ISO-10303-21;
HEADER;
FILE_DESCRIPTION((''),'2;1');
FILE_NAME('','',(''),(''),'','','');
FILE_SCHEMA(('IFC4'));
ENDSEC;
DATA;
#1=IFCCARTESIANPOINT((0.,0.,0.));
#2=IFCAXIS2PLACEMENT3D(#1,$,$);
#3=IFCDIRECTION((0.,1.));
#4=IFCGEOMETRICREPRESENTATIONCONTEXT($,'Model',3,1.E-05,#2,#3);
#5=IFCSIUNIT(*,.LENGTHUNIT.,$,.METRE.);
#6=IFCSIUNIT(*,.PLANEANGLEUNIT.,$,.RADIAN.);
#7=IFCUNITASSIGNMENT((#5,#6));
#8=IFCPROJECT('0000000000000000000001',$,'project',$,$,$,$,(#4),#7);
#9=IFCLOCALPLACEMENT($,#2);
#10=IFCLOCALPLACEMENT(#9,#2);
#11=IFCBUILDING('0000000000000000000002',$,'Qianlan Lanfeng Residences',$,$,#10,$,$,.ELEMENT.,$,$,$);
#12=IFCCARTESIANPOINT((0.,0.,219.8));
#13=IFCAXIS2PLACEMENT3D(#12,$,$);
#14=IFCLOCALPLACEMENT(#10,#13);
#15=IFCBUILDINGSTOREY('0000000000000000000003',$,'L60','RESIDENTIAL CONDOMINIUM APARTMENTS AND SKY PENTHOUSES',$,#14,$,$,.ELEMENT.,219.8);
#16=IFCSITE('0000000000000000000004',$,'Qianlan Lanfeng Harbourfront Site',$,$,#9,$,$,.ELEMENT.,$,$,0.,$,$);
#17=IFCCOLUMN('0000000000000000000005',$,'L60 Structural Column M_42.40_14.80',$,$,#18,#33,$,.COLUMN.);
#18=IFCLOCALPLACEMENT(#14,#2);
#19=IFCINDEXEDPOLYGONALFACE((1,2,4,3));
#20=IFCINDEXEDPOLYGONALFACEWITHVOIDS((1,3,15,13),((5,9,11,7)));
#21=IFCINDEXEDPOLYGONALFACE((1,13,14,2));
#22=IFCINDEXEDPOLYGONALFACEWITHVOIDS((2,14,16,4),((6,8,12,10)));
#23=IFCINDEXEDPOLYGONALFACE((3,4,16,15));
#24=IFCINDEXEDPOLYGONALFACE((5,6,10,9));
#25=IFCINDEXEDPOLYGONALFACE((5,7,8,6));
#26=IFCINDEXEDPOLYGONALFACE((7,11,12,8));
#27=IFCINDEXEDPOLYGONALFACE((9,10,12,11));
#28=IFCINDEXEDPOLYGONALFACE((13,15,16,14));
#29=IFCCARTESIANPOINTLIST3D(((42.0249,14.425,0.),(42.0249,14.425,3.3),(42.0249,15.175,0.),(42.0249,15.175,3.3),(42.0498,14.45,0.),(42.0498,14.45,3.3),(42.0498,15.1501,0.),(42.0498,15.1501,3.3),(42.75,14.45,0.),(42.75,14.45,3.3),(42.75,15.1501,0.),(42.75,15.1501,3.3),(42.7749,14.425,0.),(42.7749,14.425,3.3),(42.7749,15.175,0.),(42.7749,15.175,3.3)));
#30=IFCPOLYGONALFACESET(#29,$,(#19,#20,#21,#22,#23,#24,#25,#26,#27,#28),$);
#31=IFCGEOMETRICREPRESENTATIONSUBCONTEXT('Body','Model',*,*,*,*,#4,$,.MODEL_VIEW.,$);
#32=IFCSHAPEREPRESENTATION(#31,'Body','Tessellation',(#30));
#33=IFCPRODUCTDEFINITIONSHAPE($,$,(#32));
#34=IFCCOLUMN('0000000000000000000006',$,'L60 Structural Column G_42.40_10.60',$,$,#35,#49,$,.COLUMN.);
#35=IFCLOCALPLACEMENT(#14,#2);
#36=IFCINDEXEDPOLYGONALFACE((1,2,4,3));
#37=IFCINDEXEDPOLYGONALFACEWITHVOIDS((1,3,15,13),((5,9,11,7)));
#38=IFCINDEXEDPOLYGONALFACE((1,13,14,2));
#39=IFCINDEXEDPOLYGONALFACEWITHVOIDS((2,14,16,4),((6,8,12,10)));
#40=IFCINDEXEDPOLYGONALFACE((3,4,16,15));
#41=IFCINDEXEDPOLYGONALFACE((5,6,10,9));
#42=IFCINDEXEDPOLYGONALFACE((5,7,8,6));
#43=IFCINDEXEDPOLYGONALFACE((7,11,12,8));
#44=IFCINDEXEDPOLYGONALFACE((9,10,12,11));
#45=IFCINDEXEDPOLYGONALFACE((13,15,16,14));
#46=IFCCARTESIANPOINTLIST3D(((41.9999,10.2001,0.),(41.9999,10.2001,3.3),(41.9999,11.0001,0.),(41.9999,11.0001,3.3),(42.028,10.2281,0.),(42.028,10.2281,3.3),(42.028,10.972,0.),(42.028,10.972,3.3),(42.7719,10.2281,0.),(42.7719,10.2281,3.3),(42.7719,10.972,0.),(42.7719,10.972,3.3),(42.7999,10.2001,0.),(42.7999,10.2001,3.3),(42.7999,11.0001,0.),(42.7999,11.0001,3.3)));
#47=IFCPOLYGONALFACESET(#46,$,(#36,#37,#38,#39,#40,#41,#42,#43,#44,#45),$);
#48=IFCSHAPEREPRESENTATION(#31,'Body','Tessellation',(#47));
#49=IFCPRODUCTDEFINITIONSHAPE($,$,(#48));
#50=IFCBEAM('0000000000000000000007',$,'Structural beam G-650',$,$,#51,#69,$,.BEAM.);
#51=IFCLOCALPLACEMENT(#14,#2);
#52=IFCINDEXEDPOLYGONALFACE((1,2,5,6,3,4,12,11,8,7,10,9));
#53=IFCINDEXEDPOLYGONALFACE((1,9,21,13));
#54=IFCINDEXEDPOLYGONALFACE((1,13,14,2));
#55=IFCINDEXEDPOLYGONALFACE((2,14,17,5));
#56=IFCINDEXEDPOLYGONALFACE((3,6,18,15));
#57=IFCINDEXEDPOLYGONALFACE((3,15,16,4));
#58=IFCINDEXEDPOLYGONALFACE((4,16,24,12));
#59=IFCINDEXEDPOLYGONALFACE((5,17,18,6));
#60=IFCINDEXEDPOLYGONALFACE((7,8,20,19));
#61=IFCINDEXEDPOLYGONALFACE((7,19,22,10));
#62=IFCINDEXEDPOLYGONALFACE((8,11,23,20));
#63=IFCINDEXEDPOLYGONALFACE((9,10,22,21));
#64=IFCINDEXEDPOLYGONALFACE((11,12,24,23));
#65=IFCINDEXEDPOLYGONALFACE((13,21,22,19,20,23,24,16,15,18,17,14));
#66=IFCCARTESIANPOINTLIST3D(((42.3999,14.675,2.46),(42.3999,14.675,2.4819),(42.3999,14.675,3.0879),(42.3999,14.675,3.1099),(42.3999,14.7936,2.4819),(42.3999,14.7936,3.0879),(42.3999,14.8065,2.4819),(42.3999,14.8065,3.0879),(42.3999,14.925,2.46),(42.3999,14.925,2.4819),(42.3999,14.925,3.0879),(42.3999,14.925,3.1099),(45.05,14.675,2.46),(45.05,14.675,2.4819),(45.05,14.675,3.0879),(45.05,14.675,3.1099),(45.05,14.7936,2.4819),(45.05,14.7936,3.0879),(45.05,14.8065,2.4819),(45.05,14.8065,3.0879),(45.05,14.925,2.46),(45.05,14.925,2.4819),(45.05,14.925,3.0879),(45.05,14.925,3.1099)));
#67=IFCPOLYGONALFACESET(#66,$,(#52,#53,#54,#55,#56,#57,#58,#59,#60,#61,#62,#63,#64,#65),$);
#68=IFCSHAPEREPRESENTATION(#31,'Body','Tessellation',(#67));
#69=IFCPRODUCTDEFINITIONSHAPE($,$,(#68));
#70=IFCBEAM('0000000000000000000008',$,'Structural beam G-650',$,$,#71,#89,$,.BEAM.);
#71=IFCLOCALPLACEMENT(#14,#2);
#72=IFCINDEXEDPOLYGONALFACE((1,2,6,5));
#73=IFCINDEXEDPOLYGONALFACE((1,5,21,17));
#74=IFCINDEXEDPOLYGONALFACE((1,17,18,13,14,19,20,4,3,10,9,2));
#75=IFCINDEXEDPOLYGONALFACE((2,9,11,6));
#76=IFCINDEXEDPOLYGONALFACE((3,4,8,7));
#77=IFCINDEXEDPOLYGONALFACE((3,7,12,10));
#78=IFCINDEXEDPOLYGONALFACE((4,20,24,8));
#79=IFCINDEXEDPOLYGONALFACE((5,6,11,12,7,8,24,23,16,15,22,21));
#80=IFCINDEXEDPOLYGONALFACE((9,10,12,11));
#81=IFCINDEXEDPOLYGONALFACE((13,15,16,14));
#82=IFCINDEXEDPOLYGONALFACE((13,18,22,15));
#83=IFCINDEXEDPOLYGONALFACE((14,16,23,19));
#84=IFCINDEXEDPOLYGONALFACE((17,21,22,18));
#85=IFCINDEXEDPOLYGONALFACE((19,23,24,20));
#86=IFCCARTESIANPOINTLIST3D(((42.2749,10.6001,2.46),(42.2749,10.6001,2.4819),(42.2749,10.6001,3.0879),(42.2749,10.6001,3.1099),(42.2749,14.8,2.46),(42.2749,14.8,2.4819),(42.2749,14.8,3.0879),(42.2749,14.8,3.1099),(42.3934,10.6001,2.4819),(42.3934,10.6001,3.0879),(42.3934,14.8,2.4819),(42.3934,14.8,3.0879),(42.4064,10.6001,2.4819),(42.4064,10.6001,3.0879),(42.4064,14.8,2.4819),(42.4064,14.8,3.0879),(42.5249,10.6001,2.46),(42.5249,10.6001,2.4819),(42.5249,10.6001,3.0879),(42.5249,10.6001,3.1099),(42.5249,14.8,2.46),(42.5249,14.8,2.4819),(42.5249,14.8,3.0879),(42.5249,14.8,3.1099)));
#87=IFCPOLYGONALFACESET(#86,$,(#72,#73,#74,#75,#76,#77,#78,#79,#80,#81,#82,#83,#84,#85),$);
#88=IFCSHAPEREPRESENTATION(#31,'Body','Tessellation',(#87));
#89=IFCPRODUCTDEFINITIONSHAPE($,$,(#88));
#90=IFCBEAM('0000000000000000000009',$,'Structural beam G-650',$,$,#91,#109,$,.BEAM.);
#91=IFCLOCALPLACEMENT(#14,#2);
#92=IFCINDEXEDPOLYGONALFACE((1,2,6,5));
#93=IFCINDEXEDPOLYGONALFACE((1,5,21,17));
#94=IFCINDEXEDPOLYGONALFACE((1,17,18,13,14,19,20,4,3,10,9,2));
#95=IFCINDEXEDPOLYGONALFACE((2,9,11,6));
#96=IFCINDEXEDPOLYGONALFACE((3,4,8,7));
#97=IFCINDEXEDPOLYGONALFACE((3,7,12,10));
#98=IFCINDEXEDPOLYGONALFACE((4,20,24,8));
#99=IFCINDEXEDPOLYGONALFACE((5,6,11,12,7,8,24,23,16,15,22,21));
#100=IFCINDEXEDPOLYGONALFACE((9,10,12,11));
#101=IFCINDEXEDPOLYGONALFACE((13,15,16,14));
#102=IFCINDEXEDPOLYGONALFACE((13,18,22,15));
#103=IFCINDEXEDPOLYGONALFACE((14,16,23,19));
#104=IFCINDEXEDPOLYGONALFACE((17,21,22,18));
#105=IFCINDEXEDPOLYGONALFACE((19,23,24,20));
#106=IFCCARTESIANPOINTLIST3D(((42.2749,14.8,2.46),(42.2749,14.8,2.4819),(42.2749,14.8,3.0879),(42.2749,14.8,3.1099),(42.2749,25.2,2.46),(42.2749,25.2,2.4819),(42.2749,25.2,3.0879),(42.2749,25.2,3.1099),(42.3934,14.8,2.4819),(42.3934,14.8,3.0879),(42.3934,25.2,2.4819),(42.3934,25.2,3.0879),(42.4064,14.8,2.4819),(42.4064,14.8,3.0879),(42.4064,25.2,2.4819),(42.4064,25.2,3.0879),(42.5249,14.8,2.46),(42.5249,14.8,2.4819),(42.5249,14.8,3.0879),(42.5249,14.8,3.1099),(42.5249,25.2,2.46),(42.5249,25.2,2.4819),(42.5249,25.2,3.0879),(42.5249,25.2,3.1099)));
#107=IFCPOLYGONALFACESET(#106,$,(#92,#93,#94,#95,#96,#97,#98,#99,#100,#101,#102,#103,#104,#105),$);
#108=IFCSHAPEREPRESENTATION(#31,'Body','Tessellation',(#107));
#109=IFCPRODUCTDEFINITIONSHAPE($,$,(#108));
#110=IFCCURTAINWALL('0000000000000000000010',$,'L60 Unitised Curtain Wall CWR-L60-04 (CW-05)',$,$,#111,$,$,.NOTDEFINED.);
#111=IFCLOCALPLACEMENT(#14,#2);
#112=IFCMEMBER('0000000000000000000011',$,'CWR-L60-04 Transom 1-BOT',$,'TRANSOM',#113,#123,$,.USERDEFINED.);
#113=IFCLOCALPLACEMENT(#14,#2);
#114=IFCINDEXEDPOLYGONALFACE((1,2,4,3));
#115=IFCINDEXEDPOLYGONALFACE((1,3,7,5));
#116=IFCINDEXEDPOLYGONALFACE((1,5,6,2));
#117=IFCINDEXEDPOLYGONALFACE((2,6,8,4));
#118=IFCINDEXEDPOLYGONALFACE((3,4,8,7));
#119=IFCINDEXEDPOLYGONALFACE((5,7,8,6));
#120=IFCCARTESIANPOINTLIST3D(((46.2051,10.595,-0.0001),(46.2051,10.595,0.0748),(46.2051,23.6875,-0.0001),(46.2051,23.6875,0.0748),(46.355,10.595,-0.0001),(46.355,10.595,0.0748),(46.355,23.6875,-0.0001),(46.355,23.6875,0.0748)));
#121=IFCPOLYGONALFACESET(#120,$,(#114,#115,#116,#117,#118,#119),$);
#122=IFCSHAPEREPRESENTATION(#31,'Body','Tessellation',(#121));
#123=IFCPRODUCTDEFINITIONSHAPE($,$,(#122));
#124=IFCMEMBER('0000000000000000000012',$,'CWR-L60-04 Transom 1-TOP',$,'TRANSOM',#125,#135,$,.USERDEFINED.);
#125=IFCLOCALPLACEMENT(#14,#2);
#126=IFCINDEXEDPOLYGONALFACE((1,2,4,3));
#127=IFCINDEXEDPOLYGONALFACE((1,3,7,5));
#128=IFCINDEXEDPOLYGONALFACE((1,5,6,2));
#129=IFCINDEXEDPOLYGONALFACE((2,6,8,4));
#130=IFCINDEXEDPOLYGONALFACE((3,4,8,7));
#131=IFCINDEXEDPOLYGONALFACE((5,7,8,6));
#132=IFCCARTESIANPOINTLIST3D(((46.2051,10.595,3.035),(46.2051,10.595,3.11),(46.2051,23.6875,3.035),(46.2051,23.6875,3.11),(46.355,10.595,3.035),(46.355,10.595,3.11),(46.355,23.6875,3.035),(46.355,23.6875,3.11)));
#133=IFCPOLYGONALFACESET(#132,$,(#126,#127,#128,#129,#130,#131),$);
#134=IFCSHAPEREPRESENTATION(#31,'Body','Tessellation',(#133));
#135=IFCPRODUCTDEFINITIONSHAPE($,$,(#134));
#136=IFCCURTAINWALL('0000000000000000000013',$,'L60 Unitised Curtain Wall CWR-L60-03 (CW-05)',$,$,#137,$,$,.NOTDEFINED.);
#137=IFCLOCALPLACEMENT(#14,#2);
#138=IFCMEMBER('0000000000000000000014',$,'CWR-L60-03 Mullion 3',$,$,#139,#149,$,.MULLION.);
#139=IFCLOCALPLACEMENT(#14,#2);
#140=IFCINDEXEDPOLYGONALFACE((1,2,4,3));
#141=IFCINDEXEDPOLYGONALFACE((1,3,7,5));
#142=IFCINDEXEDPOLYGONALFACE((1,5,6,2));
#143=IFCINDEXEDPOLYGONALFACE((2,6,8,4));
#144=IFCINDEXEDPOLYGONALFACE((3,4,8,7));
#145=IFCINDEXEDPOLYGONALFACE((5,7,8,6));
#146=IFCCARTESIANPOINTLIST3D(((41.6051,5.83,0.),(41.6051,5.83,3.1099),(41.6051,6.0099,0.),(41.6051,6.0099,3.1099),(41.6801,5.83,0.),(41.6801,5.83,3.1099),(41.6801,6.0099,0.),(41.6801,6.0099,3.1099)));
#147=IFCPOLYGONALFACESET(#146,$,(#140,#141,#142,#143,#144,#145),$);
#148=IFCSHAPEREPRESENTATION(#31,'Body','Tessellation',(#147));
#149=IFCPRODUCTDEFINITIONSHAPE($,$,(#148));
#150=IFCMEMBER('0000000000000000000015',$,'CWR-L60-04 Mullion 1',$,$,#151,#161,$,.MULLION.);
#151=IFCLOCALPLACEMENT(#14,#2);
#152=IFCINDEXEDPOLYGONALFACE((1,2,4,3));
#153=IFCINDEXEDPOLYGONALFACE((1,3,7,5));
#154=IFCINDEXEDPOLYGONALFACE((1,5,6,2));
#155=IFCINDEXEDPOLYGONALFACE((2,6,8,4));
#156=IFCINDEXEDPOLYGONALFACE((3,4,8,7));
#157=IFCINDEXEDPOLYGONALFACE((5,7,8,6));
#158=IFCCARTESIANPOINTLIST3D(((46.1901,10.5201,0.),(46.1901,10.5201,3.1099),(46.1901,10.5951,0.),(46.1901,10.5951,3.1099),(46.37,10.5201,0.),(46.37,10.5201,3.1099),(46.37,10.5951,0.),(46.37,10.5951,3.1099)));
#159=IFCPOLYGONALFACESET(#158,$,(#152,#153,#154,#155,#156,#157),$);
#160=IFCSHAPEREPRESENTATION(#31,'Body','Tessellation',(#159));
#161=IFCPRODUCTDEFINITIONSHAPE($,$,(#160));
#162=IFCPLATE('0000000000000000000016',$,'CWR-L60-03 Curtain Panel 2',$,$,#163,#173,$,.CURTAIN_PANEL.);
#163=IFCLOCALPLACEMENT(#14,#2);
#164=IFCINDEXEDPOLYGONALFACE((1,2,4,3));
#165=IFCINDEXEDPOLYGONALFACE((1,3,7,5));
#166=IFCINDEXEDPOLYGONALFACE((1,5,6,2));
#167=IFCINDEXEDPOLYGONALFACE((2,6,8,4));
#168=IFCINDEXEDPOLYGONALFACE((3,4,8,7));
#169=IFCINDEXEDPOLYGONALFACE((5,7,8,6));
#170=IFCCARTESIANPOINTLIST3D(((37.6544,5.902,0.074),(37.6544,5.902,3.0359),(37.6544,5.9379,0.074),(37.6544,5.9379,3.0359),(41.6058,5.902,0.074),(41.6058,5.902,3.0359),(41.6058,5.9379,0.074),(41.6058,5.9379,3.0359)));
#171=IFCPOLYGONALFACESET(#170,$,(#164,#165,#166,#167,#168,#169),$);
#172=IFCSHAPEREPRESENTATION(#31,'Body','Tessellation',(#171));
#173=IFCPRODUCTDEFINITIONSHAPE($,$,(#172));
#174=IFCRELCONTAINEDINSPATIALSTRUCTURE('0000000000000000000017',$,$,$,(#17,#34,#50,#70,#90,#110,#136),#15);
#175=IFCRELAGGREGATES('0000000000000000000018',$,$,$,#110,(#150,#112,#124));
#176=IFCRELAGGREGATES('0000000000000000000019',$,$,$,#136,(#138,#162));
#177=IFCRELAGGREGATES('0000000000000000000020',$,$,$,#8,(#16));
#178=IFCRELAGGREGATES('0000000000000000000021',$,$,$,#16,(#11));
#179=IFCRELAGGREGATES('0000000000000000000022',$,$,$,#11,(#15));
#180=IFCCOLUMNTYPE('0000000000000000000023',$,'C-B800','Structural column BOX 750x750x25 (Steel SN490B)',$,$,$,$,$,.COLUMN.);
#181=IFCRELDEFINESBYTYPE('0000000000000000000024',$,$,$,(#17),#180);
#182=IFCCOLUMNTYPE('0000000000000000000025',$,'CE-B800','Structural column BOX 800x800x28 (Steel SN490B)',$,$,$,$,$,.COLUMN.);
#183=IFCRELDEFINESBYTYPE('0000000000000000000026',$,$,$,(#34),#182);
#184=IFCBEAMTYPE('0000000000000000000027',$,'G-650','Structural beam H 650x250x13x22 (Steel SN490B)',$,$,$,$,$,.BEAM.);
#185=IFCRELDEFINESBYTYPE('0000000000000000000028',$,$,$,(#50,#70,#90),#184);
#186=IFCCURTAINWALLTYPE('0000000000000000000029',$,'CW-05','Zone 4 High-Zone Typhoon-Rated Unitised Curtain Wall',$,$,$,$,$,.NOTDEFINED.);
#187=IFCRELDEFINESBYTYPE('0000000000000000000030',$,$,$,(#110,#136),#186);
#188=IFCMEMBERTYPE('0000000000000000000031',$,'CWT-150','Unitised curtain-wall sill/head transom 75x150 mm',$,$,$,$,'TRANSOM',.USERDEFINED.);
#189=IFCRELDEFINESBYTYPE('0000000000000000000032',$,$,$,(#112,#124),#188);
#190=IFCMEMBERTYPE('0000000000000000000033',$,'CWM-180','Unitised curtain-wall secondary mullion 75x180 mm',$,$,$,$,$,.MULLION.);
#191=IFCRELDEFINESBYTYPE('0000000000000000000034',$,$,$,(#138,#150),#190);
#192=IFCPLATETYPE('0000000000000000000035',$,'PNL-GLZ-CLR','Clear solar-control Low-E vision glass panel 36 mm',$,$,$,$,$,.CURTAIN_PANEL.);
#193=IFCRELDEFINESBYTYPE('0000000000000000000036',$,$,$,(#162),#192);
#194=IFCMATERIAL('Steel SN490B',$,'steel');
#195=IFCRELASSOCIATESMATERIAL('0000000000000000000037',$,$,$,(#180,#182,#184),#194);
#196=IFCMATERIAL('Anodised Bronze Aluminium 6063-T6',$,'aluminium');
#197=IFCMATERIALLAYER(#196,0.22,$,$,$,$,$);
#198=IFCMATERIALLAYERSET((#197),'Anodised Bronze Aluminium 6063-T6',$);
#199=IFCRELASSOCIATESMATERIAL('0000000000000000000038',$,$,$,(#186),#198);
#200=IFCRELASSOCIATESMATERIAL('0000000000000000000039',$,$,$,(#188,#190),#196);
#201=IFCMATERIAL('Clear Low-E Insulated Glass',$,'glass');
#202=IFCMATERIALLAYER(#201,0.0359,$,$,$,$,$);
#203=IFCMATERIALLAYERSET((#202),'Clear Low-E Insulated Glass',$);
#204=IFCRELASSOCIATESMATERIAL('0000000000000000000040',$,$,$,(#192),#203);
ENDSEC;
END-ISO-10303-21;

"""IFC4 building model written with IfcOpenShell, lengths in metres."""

from ifc_helpers import new_model, si_unit, direction, frame, origin, origin_2d, place, context, subcontext, project, spatial, rectangle, hollow_rectangle, i_section, extrude, source, transform, mapped, material, layer, layer_set, material_profile, profile_set, type_object, element, aggregate, save


model = new_model("IFC4")

# Units and contexts
model_context = context("Model", 3, precision=1e-05, world=origin(), true_north=direction((0.0, 1.0)))
body_context = subcontext(model_context, "Body", "Model", "MODEL_VIEW")
ifc_project = project(units=[si_unit("LENGTHUNIT", "METRE"), si_unit("PLANEANGLEUNIT", "RADIAN")], contexts=[model_context])

# Site, building, storey
site_placement = place(None, origin())
site = spatial("IfcSite", under=ifc_project, at=site_placement, Name="Qianlan Lanfeng Harbourfront Site", CompositionType="ELEMENT", RefElevation=0.0)
building_placement = place(site_placement, origin())
building = spatial("IfcBuilding", under=site, at=building_placement, Name="Qianlan Lanfeng Residences", CompositionType="ELEMENT")
storey_placement = place(building_placement, frame((0.0, 0.0, 219.8)))
storey = spatial("IfcBuildingStorey", under=building, at=storey_placement, Name="L60", Description="RESIDENTIAL CONDOMINIUM APARTMENTS AND SKY PENTHOUSES", CompositionType="ELEMENT", Elevation=219.8)

# Columns
ifc_material_1 = material(Name="Steel SN490B", Category="steel")
ifc_material_profile_1 = material_profile(ifc_material_1, hollow_rectangle(XDim=0.75, YDim=0.75, WallThickness=0.0249, at=origin_2d()), Name="BOX 750x750x25")
ifc_profile_set_1 = profile_set([ifc_material_profile_1], Name="Steel SN490B")
column_type_1 = type_object("IfcColumnType", Name="C-B800", Description="Structural column BOX 750x750x25 (Steel SN490B)", PredefinedType="COLUMN", material=ifc_profile_set_1)
column_1_placement = place(storey_placement, frame((42.3999, 14.8, 0.0), z_axis=(0.0, 0.0, 1.0), x_axis=(1.0, 0.0, 0.0)))
element("IfcColumn", 1, at=column_1_placement, inside=storey, type_object=column_type_1, Name="L60 Structural Column M_42.40_14.80", PredefinedType="COLUMN", context=body_context, shape_type="SweptSolid", body=[
    extrude(hollow_rectangle(XDim=0.75, YDim=0.75, WallThickness=0.0249, at=origin_2d()), origin(), (0.0, 0.0, 1.0), 3.3),
])
ifc_material_profile_2 = material_profile(ifc_material_1, hollow_rectangle(XDim=0.8, YDim=0.8, WallThickness=0.0281, at=origin_2d()), Name="BOX 800x800x28")
ifc_profile_set_2 = profile_set([ifc_material_profile_2], Name="Steel SN490B")
column_type_2 = type_object("IfcColumnType", Name="CE-B800", Description="Structural column BOX 800x800x28 (Steel SN490B)", PredefinedType="COLUMN", material=ifc_profile_set_2)
column_2_placement = place(storey_placement, frame((42.3999, 10.6001, 0.0), z_axis=(0.0, 0.0, 1.0), x_axis=(1.0, 0.0, 0.0)))
element("IfcColumn", 2, at=column_2_placement, inside=storey, type_object=column_type_2, Name="L60 Structural Column G_42.40_10.60", PredefinedType="COLUMN", context=body_context, shape_type="SweptSolid", body=[
    extrude(hollow_rectangle(XDim=0.8, YDim=0.8, WallThickness=0.0281, at=origin_2d()), origin(), (0.0, 0.0, 1.0), 3.3),
])

# Beams
ifc_material_profile_3 = material_profile(ifc_material_1, i_section(OverallWidth=0.25, OverallDepth=0.6499, WebThickness=0.0129, FlangeThickness=0.022, at=origin_2d()), Name="H 650x250x13x22")
ifc_profile_set_3 = profile_set([ifc_material_profile_3], Name="Steel SN490B")
beam_type = type_object("IfcBeamType", Name="G-650", Description="Structural beam H 650x250x13x22 (Steel SN490B)", PredefinedType="BEAM", material=ifc_profile_set_3)
beam_1_placement = place(storey_placement, frame((42.3999, 14.8, 2.7849), z_axis=(1.0, 0.0, 0.0), x_axis=(0.0, 1.0, 0.0)))
element("IfcBeam", 3, at=beam_1_placement, inside=storey, type_object=beam_type, Name="Structural beam G-650", PredefinedType="BEAM", context=body_context, shape_type="SweptSolid", body=[
    extrude(i_section(OverallWidth=0.25, OverallDepth=0.6499, WebThickness=0.0129, FlangeThickness=0.022, at=origin_2d()), origin(), (0.0, 0.0, 1.0), 2.6501),
])
beam_2_placement = place(storey_placement, frame((42.3999, 10.6001, 2.7849), z_axis=(0.0, 1.0, 0.0), x_axis=(-1.0, 0.0, 0.0)))
element("IfcBeam", 4, at=beam_2_placement, inside=storey, type_object=beam_type, Name="Structural beam G-650", PredefinedType="BEAM", context=body_context, shape_type="SweptSolid", body=[
    extrude(i_section(OverallWidth=0.25, OverallDepth=0.6499, WebThickness=0.0129, FlangeThickness=0.022, at=origin_2d()), origin(), (0.0, 0.0, 1.0), 4.2),
])
beam_3_placement = place(storey_placement, frame((42.3999, 14.8, 2.7849), z_axis=(0.0, 1.0, 0.0), x_axis=(-1.0, 0.0, 0.0)))
element("IfcBeam", 5, at=beam_3_placement, inside=storey, type_object=beam_type, Name="Structural beam G-650", PredefinedType="BEAM", context=body_context, shape_type="SweptSolid", body=[
    extrude(i_section(OverallWidth=0.25, OverallDepth=0.6499, WebThickness=0.0129, FlangeThickness=0.022, at=origin_2d()), origin(), (0.0, 0.0, 1.0), 10.3999),
])

# Curtain wall, members
ifc_material_2 = material(Name="Anodised Bronze Aluminium 6063-T6", Category="aluminium")
ifc_layer_1 = layer(ifc_material_2, 0.22)
ifc_layer_set_1 = layer_set([ifc_layer_1], Name="Anodised Bronze Aluminium 6063-T6")
curtain_wall_type = type_object("IfcCurtainWallType", Name="CW-05", Description="Zone 4 High-Zone Typhoon-Rated Unitised Curtain Wall", PredefinedType="NOTDEFINED", material=ifc_layer_set_1)
curtain_wall_1_placement = place(storey_placement, origin())
curtain_wall_1 = element("IfcCurtainWall", 6, at=curtain_wall_1_placement, inside=storey, type_object=curtain_wall_type, Name="L60 Unitised Curtain Wall CWR-L60-04 (CW-05)", PredefinedType="NOTDEFINED")
ifc_material_profile_4 = material_profile(ifc_material_2, rectangle(XDim=0.075, YDim=0.1499, at=origin_2d()), Name="ALU TRANSOM 75x150")
ifc_profile_set_4 = profile_set([ifc_material_profile_4], Name="Anodised Bronze Aluminium 6063-T6")
member_type_1 = type_object("IfcMemberType", Name="CWT-150", Description="Unitised curtain-wall sill/head transom 75x150 mm", ElementType="TRANSOM", PredefinedType="USERDEFINED", material=ifc_profile_set_4)
shared_shape_1 = source(origin(), body_context, "Body", "SweptSolid", [
    extrude(rectangle(XDim=0.075, YDim=0.1499, at=origin_2d()), origin(), (0.0, 0.0, 1.0), 13.0925),
])
member_1_placement = place(storey_placement, frame((46.28, 10.595, 0.0374), z_axis=(0.0, 1.0, 0.0), x_axis=(0.0, 0.0, 1.0)))
member_1 = element("IfcMember", 7, at=member_1_placement, type_object=member_type_1, Name="CWR-L60-04 Transom 1-BOT", ObjectType="TRANSOM", PredefinedType="USERDEFINED", context=body_context, shape_type="MappedRepresentation", body=[
    mapped(shared_shape_1, transform((0.0, 0.0, 0.0), scale=1.0)),
])
member_2_placement = place(storey_placement, frame((46.28, 10.595, 3.0725), z_axis=(0.0, 1.0, 0.0), x_axis=(0.0, 0.0, 1.0)))
member_2 = element("IfcMember", 8, at=member_2_placement, type_object=member_type_1, Name="CWR-L60-04 Transom 1-TOP", ObjectType="TRANSOM", PredefinedType="USERDEFINED", context=body_context, shape_type="MappedRepresentation", body=[
    mapped(shared_shape_1, transform((0.0, 0.0, 0.0), scale=1.0)),
])

# Curtain wall, member
curtain_wall_2_placement = place(storey_placement, origin())
curtain_wall_2 = element("IfcCurtainWall", 9, at=curtain_wall_2_placement, inside=storey, type_object=curtain_wall_type, Name="L60 Unitised Curtain Wall CWR-L60-03 (CW-05)", PredefinedType="NOTDEFINED")
ifc_material_profile_5 = material_profile(ifc_material_2, rectangle(XDim=0.075, YDim=0.1799, at=origin_2d()), Name="ALU MULLION 75x180")
ifc_profile_set_5 = profile_set([ifc_material_profile_5], Name="Anodised Bronze Aluminium 6063-T6")
member_type_2 = type_object("IfcMemberType", Name="CWM-180", Description="Unitised curtain-wall secondary mullion 75x180 mm", PredefinedType="MULLION", material=ifc_profile_set_5)
shared_shape_2 = source(origin(), body_context, "Body", "SweptSolid", [
    extrude(rectangle(XDim=0.075, YDim=0.1799, at=origin_2d()), origin(), (0.0, 0.0, 1.0), 3.1099),
])
member_3_placement = place(storey_placement, frame((41.6426, 5.9199, 0.0), z_axis=(0.0, 0.0, 1.0), x_axis=(1.0, 0.0, 0.0)))
member_3 = element("IfcMember", 10, at=member_3_placement, type_object=member_type_2, Name="CWR-L60-03 Mullion 3", PredefinedType="MULLION", context=body_context, shape_type="MappedRepresentation", body=[
    mapped(shared_shape_2, transform((0.0, 0.0, 0.0), scale=1.0)),
])

# Member
member_4_placement = place(storey_placement, frame((46.28, 10.5576, 0.0), z_axis=(0.0, 0.0, 1.0), x_axis=(0.0, 1.0, 0.0)))
member_4 = element("IfcMember", 11, at=member_4_placement, type_object=member_type_2, Name="CWR-L60-04 Mullion 1", PredefinedType="MULLION", context=body_context, shape_type="MappedRepresentation", body=[
    mapped(shared_shape_2, transform((0.0, 0.0, 0.0), scale=1.0)),
])
aggregate(curtain_wall_1, [member_4, member_1, member_2])

# Plate
ifc_material_3 = material(Name="Clear Low-E Insulated Glass", Category="glass")
ifc_layer_2 = layer(ifc_material_3, 0.0359)
ifc_layer_set_2 = layer_set([ifc_layer_2], Name="Clear Low-E Insulated Glass")
plate_type = type_object("IfcPlateType", Name="PNL-GLZ-CLR", Description="Clear solar-control Low-E vision glass panel 36 mm", PredefinedType="CURTAIN_PANEL", material=ifc_layer_set_2)
shared_shape_3 = source(origin(), body_context, "Body", "SweptSolid", [
    extrude(rectangle(XDim=3.9514, YDim=0.0359, at=origin_2d()), origin(), (0.0, 0.0, 1.0), 2.9619),
])
plate_placement = place(storey_placement, frame((39.6301, 5.9199, 0.074), z_axis=(0.0, 0.0, 1.0), x_axis=(1.0, 0.0, 0.0)))
plate = element("IfcPlate", 12, at=plate_placement, type_object=plate_type, Name="CWR-L60-03 Curtain Panel 2", PredefinedType="CURTAIN_PANEL", context=body_context, shape_type="MappedRepresentation", body=[
    mapped(shared_shape_3, transform((0.0, 0.0, 0.0), scale=1.0)),
])
aggregate(curtain_wall_2, [member_3, plate])

save(model, "model.ifc")
